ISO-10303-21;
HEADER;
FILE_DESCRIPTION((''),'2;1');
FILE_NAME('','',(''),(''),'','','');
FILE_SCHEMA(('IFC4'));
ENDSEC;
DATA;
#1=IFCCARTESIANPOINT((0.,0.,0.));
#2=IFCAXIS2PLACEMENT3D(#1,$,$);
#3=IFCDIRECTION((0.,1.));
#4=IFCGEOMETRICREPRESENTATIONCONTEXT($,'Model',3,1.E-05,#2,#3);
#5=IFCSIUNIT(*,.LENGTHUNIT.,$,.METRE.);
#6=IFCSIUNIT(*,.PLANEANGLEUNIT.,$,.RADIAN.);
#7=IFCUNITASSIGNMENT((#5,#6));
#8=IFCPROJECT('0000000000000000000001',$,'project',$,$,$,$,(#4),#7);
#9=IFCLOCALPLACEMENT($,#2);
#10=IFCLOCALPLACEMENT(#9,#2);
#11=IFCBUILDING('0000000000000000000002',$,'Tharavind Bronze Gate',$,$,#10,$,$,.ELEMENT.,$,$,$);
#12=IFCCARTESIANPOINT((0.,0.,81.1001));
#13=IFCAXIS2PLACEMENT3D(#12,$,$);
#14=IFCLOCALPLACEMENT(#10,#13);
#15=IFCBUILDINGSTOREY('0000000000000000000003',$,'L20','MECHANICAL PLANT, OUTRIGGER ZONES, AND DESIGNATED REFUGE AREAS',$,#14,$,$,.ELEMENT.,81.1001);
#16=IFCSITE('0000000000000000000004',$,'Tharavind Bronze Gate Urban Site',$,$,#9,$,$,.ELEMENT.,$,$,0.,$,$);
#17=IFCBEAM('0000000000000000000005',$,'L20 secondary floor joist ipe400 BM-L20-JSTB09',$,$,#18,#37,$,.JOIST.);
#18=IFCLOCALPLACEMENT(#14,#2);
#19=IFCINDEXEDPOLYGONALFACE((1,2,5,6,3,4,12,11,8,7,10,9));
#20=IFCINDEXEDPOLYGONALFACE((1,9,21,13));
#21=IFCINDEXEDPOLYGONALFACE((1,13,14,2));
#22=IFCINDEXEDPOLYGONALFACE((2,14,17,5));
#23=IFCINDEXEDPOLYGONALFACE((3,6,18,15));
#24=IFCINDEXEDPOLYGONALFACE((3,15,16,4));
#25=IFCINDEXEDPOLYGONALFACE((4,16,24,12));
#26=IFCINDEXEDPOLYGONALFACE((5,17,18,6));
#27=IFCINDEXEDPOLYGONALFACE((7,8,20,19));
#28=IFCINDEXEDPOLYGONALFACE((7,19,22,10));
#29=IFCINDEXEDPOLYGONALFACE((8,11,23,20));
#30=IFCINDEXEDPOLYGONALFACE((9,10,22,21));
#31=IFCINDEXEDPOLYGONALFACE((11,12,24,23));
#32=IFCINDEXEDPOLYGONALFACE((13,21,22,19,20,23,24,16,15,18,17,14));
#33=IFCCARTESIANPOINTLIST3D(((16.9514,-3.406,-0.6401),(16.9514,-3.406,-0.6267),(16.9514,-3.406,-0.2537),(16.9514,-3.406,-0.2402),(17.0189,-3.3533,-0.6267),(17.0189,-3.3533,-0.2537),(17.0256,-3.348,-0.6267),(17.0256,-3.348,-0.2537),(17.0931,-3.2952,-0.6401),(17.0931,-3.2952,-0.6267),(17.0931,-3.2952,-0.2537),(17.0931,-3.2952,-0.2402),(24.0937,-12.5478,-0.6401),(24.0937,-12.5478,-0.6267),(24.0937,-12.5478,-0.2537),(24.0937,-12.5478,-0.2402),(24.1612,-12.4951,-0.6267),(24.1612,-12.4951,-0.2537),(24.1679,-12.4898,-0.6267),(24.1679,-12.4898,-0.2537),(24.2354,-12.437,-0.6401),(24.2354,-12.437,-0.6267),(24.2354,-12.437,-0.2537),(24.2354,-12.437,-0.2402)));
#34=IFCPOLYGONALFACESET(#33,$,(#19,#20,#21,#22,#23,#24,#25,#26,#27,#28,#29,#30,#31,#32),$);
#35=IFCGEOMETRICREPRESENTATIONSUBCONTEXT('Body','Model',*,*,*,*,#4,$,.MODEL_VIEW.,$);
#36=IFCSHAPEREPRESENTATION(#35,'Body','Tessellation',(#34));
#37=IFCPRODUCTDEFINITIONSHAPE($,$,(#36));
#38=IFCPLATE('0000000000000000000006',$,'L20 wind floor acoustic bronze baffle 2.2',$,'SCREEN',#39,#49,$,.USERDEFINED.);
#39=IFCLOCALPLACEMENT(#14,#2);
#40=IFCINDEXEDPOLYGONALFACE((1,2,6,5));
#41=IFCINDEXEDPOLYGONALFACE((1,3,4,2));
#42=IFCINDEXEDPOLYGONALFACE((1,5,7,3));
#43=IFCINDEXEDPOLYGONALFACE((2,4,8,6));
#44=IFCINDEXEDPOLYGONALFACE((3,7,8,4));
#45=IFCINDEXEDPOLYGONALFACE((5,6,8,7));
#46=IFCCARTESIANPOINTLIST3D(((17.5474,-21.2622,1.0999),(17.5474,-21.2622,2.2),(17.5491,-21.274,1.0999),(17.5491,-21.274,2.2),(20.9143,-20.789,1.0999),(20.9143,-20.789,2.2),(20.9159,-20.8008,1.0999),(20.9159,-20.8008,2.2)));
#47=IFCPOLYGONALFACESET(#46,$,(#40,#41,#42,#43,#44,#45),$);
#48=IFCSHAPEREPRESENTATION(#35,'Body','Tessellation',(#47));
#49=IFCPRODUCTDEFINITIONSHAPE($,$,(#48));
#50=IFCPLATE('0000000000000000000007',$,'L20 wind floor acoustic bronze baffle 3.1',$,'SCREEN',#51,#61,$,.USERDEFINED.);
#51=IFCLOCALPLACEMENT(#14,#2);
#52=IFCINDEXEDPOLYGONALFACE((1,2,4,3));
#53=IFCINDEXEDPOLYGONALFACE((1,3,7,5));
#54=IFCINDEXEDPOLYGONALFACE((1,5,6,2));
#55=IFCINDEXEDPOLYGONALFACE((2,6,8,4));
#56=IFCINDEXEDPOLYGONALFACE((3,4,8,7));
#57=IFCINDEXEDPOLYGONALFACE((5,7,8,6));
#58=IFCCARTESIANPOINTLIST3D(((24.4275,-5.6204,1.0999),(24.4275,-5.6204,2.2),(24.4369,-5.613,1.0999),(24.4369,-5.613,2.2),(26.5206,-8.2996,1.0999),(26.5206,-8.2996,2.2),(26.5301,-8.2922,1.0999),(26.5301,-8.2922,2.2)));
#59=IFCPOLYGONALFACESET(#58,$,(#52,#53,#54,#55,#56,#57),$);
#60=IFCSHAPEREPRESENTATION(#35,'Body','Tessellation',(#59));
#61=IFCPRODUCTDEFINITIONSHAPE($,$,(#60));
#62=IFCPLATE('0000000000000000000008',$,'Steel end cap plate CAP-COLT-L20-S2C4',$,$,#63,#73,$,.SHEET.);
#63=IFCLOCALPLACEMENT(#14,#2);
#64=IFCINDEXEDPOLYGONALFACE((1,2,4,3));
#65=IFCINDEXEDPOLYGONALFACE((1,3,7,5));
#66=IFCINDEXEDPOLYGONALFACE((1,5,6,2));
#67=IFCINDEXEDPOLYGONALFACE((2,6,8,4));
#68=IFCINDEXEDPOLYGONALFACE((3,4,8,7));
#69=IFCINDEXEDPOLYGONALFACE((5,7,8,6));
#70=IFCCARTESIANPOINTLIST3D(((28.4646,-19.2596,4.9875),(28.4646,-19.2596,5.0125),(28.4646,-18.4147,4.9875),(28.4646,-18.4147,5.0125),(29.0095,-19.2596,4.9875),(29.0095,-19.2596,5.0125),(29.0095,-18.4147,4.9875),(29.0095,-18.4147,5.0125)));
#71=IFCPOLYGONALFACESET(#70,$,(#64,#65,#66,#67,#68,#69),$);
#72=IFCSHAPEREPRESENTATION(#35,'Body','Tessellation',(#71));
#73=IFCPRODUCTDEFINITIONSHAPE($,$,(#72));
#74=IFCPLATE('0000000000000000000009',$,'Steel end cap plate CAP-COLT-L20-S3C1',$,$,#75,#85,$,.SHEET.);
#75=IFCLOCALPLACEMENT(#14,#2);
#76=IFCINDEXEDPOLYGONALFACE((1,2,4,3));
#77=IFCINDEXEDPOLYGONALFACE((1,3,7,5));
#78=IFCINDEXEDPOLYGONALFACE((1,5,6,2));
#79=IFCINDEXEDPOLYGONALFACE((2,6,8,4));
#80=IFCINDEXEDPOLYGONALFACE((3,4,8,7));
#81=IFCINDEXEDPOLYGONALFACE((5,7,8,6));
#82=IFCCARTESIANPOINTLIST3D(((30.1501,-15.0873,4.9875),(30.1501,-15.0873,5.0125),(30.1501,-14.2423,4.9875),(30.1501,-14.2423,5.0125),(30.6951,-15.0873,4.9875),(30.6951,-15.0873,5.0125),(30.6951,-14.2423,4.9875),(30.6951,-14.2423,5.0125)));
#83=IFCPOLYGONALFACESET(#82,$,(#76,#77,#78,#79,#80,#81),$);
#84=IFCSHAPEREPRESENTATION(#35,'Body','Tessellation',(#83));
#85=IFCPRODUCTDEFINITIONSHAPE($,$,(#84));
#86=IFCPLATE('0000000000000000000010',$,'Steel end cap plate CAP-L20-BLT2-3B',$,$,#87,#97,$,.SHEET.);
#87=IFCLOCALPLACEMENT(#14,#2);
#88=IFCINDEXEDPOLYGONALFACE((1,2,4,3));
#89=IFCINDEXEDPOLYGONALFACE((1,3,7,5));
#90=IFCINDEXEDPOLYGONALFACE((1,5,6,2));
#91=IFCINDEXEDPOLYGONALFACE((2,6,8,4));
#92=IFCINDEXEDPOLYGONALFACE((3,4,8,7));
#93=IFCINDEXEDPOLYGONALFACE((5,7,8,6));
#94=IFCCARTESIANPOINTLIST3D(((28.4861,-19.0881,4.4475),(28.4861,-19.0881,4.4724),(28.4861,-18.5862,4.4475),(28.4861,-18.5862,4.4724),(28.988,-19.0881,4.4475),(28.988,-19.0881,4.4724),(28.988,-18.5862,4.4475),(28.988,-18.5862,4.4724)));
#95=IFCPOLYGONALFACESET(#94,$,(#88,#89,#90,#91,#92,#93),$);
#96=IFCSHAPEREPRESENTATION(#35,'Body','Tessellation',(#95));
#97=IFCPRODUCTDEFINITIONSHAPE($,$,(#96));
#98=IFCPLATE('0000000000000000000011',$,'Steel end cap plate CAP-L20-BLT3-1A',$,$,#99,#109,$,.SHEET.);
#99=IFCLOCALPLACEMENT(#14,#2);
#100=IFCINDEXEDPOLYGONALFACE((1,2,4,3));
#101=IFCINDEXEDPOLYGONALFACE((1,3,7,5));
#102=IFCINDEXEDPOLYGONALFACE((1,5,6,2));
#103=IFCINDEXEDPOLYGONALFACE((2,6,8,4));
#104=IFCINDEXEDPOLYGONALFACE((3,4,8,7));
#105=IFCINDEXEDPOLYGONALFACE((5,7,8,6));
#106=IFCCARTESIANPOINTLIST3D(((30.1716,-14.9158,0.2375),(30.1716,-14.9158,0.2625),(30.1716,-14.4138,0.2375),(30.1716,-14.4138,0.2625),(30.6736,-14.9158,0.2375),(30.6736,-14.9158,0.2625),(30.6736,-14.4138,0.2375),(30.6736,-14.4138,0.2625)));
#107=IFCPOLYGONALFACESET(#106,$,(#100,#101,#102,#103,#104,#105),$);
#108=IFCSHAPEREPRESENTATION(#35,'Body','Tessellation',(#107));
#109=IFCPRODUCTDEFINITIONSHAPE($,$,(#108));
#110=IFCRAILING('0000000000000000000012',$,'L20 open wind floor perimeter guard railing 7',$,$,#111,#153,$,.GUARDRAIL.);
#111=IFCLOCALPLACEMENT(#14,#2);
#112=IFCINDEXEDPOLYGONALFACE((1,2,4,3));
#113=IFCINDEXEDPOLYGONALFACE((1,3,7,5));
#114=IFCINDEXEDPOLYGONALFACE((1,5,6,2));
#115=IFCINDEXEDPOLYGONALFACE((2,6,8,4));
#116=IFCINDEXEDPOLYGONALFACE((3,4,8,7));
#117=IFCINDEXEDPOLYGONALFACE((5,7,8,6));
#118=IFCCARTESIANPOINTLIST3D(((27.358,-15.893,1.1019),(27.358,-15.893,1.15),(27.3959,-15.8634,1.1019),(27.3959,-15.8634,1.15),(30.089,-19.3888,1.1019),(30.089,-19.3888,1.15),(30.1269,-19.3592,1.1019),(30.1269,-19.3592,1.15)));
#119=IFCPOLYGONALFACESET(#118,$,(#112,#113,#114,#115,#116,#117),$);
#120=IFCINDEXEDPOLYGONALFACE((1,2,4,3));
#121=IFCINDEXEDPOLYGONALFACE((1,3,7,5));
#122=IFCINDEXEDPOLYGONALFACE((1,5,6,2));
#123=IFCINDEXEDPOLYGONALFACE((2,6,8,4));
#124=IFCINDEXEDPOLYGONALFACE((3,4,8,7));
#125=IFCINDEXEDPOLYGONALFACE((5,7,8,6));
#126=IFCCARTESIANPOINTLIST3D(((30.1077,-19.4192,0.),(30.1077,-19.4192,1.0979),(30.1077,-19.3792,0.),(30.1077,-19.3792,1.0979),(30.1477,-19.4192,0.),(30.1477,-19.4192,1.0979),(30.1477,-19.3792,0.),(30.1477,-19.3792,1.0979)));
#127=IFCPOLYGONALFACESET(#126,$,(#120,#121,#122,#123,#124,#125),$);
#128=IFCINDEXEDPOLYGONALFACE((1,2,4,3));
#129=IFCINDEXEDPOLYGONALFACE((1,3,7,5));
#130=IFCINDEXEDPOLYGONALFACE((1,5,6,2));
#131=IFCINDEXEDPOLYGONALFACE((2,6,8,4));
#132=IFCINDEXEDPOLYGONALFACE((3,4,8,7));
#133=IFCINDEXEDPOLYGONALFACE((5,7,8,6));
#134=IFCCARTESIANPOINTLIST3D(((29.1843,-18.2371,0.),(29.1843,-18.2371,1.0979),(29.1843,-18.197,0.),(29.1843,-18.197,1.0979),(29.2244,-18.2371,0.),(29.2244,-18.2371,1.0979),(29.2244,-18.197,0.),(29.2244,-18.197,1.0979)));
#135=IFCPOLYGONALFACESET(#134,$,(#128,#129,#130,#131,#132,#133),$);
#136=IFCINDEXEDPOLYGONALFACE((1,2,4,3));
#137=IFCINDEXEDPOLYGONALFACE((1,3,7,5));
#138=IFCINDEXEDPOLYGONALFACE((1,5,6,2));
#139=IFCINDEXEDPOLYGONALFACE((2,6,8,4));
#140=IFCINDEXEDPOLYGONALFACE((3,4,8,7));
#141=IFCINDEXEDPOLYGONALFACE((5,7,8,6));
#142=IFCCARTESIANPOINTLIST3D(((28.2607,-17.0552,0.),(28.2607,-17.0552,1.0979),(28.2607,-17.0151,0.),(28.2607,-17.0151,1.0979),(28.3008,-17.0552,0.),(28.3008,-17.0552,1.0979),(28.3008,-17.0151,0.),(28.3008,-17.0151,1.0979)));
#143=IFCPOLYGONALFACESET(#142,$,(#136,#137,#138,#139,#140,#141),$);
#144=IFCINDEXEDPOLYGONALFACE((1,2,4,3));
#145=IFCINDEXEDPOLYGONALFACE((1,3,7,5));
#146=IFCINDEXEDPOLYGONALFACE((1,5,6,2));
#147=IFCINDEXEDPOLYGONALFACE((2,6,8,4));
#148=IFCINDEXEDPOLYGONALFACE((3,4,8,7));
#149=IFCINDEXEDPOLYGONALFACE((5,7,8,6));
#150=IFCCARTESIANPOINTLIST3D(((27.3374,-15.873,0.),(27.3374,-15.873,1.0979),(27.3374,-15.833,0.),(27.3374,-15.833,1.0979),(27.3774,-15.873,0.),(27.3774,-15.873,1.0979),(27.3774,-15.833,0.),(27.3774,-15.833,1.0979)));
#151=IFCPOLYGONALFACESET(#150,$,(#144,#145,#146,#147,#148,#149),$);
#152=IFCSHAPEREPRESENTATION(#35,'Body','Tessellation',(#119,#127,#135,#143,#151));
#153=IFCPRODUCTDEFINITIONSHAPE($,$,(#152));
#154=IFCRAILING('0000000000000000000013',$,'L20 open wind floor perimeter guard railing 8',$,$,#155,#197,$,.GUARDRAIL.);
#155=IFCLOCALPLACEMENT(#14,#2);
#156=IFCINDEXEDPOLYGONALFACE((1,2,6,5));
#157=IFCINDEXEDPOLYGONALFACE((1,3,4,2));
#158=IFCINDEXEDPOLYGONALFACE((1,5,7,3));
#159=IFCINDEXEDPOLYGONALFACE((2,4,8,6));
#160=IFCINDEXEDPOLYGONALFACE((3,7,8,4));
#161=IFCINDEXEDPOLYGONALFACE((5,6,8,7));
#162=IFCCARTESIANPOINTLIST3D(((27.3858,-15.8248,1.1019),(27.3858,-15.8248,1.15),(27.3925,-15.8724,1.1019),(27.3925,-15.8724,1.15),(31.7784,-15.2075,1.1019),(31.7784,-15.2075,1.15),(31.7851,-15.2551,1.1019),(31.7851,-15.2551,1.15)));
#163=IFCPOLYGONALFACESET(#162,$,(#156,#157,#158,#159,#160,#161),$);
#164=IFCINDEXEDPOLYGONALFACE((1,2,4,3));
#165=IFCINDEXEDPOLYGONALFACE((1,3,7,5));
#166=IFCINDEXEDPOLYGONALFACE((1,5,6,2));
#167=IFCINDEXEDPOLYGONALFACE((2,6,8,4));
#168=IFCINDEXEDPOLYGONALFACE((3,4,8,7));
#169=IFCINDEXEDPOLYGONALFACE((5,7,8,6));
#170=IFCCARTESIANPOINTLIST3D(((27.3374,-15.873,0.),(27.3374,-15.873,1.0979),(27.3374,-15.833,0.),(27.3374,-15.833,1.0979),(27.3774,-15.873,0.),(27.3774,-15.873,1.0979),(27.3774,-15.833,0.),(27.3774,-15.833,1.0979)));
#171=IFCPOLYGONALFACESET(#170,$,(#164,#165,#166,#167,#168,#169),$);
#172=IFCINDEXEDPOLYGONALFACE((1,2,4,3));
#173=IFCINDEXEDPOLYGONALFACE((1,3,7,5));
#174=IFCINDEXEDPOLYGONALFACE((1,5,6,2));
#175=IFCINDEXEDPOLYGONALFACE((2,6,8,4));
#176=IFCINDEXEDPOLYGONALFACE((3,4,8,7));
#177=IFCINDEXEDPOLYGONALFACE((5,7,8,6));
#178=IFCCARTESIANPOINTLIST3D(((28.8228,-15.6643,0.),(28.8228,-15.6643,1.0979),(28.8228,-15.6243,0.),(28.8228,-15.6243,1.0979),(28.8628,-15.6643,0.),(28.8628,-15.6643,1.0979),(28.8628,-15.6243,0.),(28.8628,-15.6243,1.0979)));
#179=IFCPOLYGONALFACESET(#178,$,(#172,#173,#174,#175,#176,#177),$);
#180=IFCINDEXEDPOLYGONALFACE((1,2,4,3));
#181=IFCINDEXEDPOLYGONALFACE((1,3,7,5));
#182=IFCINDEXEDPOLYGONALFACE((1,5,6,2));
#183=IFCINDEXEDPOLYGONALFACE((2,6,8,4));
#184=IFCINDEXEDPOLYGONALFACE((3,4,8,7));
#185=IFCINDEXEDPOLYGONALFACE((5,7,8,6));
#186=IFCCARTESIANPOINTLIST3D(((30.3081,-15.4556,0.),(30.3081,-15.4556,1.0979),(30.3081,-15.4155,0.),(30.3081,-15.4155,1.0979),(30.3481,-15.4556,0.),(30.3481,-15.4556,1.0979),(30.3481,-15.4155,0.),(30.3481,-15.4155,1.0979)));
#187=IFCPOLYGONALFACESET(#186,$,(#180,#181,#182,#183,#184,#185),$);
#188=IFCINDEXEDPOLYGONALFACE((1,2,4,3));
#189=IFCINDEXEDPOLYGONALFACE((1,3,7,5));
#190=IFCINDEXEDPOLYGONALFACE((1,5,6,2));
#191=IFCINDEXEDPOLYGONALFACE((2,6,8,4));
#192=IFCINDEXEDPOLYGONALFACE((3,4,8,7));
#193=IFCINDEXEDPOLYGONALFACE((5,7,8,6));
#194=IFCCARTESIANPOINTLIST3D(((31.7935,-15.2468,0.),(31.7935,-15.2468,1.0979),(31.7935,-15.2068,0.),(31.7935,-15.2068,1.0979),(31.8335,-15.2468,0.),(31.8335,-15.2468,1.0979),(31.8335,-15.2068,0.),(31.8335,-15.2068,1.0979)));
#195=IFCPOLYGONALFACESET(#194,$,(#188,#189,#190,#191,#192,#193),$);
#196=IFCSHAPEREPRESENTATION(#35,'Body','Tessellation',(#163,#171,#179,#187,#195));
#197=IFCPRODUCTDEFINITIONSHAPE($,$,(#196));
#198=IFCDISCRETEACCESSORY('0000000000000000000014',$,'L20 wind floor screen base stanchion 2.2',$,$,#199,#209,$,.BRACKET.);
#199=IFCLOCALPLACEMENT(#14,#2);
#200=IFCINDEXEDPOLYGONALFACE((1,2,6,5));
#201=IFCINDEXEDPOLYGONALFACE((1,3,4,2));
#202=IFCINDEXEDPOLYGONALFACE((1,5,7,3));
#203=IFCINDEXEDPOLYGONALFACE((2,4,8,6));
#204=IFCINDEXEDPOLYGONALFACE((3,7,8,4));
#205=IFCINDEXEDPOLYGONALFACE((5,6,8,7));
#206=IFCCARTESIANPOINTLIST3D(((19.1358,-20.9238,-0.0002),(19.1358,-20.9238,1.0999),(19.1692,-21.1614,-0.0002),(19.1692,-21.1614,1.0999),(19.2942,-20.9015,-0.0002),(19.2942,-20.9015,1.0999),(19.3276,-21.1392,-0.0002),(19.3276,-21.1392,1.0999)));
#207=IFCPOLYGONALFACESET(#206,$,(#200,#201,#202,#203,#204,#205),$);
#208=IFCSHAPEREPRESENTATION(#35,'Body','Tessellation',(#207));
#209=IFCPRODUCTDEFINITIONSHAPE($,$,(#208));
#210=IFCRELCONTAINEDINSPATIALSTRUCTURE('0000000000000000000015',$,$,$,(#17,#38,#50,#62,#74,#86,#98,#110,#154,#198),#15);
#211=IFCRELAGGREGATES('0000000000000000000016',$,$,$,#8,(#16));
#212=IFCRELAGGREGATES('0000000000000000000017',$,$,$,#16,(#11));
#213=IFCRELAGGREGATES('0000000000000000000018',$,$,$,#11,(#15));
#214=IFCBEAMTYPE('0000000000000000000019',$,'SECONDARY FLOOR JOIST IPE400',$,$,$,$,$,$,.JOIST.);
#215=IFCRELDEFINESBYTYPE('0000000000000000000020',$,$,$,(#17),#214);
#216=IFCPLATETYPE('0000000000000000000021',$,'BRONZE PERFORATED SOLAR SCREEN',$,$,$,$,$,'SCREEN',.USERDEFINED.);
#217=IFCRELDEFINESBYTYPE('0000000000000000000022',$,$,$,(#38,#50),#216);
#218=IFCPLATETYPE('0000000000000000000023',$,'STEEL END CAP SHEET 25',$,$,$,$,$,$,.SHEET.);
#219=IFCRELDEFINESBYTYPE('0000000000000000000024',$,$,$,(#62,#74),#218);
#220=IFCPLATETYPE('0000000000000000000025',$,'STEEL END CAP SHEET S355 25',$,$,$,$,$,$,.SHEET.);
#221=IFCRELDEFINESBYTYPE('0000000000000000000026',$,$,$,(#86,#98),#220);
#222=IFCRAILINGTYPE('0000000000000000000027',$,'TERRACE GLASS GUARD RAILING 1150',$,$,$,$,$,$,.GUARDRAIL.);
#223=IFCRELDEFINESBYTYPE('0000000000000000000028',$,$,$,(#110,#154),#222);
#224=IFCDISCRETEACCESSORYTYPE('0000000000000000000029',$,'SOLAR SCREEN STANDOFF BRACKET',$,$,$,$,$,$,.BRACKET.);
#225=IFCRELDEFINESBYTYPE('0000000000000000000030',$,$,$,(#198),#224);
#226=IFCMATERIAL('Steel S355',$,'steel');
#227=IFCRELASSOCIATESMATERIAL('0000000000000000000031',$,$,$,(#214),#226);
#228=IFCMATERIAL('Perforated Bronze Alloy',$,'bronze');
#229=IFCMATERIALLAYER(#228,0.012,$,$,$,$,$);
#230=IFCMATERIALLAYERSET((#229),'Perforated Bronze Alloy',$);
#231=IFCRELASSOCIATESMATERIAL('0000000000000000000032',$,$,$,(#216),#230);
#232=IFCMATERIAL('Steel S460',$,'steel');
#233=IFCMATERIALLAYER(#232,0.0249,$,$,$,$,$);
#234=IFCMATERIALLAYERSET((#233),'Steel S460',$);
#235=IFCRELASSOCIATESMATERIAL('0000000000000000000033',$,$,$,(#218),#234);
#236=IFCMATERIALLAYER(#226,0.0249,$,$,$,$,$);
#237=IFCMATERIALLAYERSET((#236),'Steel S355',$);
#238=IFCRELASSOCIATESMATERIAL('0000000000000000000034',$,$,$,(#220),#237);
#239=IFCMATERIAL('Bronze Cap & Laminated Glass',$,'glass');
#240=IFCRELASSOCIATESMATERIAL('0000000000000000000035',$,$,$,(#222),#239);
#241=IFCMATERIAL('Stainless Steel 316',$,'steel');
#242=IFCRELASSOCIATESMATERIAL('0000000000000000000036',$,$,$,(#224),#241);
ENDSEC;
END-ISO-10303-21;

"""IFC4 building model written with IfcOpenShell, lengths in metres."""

from ifc_helpers import new_model, si_unit, direction, frame, origin, origin_2d, place, context, subcontext, project, spatial, rectangle, i_section, extrude, material, layer, layer_set, material_profile, profile_set, type_object, element, save


model = new_model("IFC4")

# Units and contexts
model_context = context("Model", 3, precision=1e-05, world=origin(), true_north=direction((0.0, 1.0)))
body_context = subcontext(model_context, "Body", "Model", "MODEL_VIEW")
ifc_project = project(units=[si_unit("LENGTHUNIT", "METRE"), si_unit("PLANEANGLEUNIT", "RADIAN")], contexts=[model_context])

# Site, building, storey
site_placement = place(None, origin())
site = spatial("IfcSite", under=ifc_project, at=site_placement, Name="Tharavind Bronze Gate Urban Site", CompositionType="ELEMENT", RefElevation=0.0)
building_placement = place(site_placement, origin())
building = spatial("IfcBuilding", under=site, at=building_placement, Name="Tharavind Bronze Gate", CompositionType="ELEMENT")
storey_placement = place(building_placement, frame((0.0, 0.0, 81.1001)))
storey = spatial("IfcBuildingStorey", under=building, at=storey_placement, Name="L20", Description="MECHANICAL PLANT, OUTRIGGER ZONES, AND DESIGNATED REFUGE AREAS", CompositionType="ELEMENT", Elevation=81.1001)

# Shared definitions
ifc_material_1 = material(Name="Steel S460", Category="steel")

# Beam
ifc_material_2 = material(Name="Steel S355", Category="steel")
ifc_material_profile_1 = material_profile(ifc_material_2, i_section(OverallWidth=0.1799, OverallDepth=0.3999, WebThickness=0.0085, FlangeThickness=0.0134, at=origin_2d()), Name="IPE400")
ifc_profile_set_1 = profile_set([ifc_material_profile_1], Name="Steel S355")
beam_type_1 = type_object("IfcBeamType", Name="SECONDARY FLOOR JOIST IPE400", PredefinedType="JOIST", material=ifc_profile_set_1)
beam_1_placement = place(storey_placement, frame((24.1646, -12.4924, -0.4402), z_axis=(-0.615658, 0.788013, 0.0), x_axis=(-0.788013, -0.615658, 0.0)))
element("IfcBeam", 1, at=beam_1_placement, inside=storey, type_object=beam_type_1, Name="L20 secondary floor joist ipe400 BM-L20-JSTB09", PredefinedType="JOIST", context=body_context, shape_type="SweptSolid", body=[
    extrude(i_section(OverallWidth=0.1799, OverallDepth=0.3999, WebThickness=0.0085, FlangeThickness=0.0134, at=origin_2d()), origin(), (0.0, 0.0, 1.0), 11.6011),
])

# Plates
ifc_material_3 = material(Name="Perforated Bronze Alloy", Category="bronze")
ifc_layer_1 = layer(ifc_material_3, 0.012)
ifc_layer_set_1 = layer_set([ifc_layer_1], Name="Perforated Bronze Alloy")
plate_type_1 = type_object("IfcPlateType", Name="BRONZE PERFORATED SOLAR SCREEN", ElementType="SCREEN", PredefinedType="USERDEFINED", material=ifc_layer_set_1)
for number, where, z_axis, x_axis, name in (
    (2, (19.2317, -21.0315, 1.0999), (0.0, 0.0, 1.0), (0.990268, 0.139173, 0.0), "L20 wind floor acoustic bronze baffle 2.2"),
    (3, (25.4788, -6.9563, 1.0999), (0.0, 0.0, 1.0), (-0.61566, 0.788012, 0.0), "L20 wind floor acoustic bronze baffle 3.1"),
):
    element("IfcPlate", number, at=place(storey_placement, frame(where, z_axis=z_axis, x_axis=x_axis)), inside=storey, type_object=plate_type_1, Name=name, ObjectType="SCREEN", PredefinedType="USERDEFINED", context=body_context, shape_type="SweptSolid", body=[
        extrude(rectangle(XDim=3.3999, YDim=0.012, at=origin_2d()), origin(), (0.0, 0.0, 1.0), 1.1001),
    ])
ifc_layer_2 = layer(ifc_material_1, 0.0249)
ifc_layer_set_2 = layer_set([ifc_layer_2], Name="Steel S460")
plate_type_2 = type_object("IfcPlateType", Name="STEEL END CAP SHEET 25", PredefinedType="SHEET", material=ifc_layer_set_2)
for number, where, z_axis, x_axis, name in (
    (4, (28.7371, -18.8372, 4.9875), (0.0, 0.0, 1.0), (1.0, 0.0, 0.0), "Steel end cap plate CAP-COLT-L20-S2C4"),
    (5, (30.4226, -14.6648, 4.9875), (0.0, 0.0, 1.0), (1.0, 0.0, 0.0), "Steel end cap plate CAP-COLT-L20-S3C1"),
):
    element("IfcPlate", number, at=place(storey_placement, frame(where, z_axis=z_axis, x_axis=x_axis)), inside=storey, type_object=plate_type_2, Name=name, PredefinedType="SHEET", context=body_context, shape_type="SweptSolid", body=[
        extrude(rectangle(XDim=0.5449, YDim=0.845, at=origin_2d()), origin(), (0.0, 0.0, 1.0), 0.0249),
    ])
ifc_layer_3 = layer(ifc_material_2, 0.0249)
ifc_layer_set_3 = layer_set([ifc_layer_3], Name="Steel S355")
plate_type_3 = type_object("IfcPlateType", Name="STEEL END CAP SHEET S355 25", PredefinedType="SHEET", material=ifc_layer_set_3)
for number, where, z_axis, x_axis, name in (
    (6, (28.7371, -18.8372, 4.4475), (0.0, 0.0, 1.0), (1.0, 0.0, 0.0), "Steel end cap plate CAP-L20-BLT2-3B"),
    (7, (30.4226, -14.6648, 0.2375), (0.0, 0.0, 1.0), (1.0, 0.0, 0.0), "Steel end cap plate CAP-L20-BLT3-1A"),
):
    element("IfcPlate", number, at=place(storey_placement, frame(where, z_axis=z_axis, x_axis=x_axis)), inside=storey, type_object=plate_type_3, Name=name, PredefinedType="SHEET", context=body_context, shape_type="SweptSolid", body=[
        extrude(rectangle(XDim=0.502, YDim=0.502, at=origin_2d()), origin(), (0.0, 0.0, 1.0), 0.0249),
    ])

# Railings
ifc_material_4 = material(Name="Bronze Cap & Laminated Glass", Category="glass")
railing_type = type_object("IfcRailingType", Name="TERRACE GLASS GUARD RAILING 1150", PredefinedType="GUARDRAIL", material=ifc_material_4)
railing_1_placement = place(storey_placement, frame((30.1277, -19.3992, 0.0)))
element("IfcRailing", 8, at=railing_1_placement, inside=storey, type_object=railing_type, Name="L20 open wind floor perimeter guard railing 7", PredefinedType="GUARDRAIL", context=body_context, shape_type="SweptSolid", body=[
    extrude(rectangle(XDim=0.0481, YDim=0.0481, at=origin_2d()), frame((-0.0198, 0.0251, 1.126), z_axis=(-0.615622, 0.788042, 0.0), x_axis=(-0.788042, -0.615622, 0.0)), (0.0, 0.0, 1.0), 4.436),
    extrude(rectangle(XDim=0.04, YDim=0.04, at=origin_2d()), origin(), (0.0, 0.0, 1.0), 1.0979),
    extrude(rectangle(XDim=0.04, YDim=0.04, at=origin_2d()), frame((-0.9233, 1.1821, 0.0)), (0.0, 0.0, 1.0), 1.0979),
    extrude(rectangle(XDim=0.04, YDim=0.04, at=origin_2d()), frame((-1.8469, 2.364, 0.0)), (0.0, 0.0, 1.0), 1.0979),
    extrude(rectangle(XDim=0.04, YDim=0.04, at=origin_2d()), frame((-2.7703, 3.5461, 0.0)), (0.0, 0.0, 1.0), 1.0979),
])
railing_2_placement = place(storey_placement, frame((27.3574, -15.853, 0.0)))
element("IfcRailing", 9, at=railing_2_placement, inside=storey, type_object=railing_type, Name="L20 open wind floor perimeter guard railing 8", PredefinedType="GUARDRAIL", context=body_context, shape_type="SweptSolid", body=[
    extrude(rectangle(XDim=0.0481, YDim=0.0481, at=origin_2d()), frame((0.0317, 0.0044, 1.126), z_axis=(0.990269, 0.139165, 0.0), x_axis=(-0.139165, 0.990269, 0.0)), (0.0, 0.0, 1.0), 4.4358),
    extrude(rectangle(XDim=0.04, YDim=0.04, at=origin_2d()), origin(), (0.0, 0.0, 1.0), 1.0979),
    extrude(rectangle(XDim=0.04, YDim=0.04, at=origin_2d()), frame((1.4854, 0.2087, 0.0)), (0.0, 0.0, 1.0), 1.0979),
    extrude(rectangle(XDim=0.04, YDim=0.04, at=origin_2d()), frame((2.9707, 0.4175, 0.0)), (0.0, 0.0, 1.0), 1.0979),
    extrude(rectangle(XDim=0.04, YDim=0.04, at=origin_2d()), frame((4.4561, 0.6262, 0.0)), (0.0, 0.0, 1.0), 1.0979),
])

# Discrete accessory
ifc_material_5 = material(Name="Stainless Steel 316", Category="steel")
discrete_accessory_type = type_object("IfcDiscreteAccessoryType", Name="SOLAR SCREEN STANDOFF BRACKET", PredefinedType="BRACKET", material=ifc_material_5)
for number, where, z_axis, x_axis, name in (
    (10, (19.2317, -21.0315, -0.0002), (0.0, 0.0, 1.0), (0.990268, 0.139173, 0.0), "L20 wind floor screen base stanchion 2.2"),
):
    element("IfcDiscreteAccessory", number, at=place(storey_placement, frame(where, z_axis=z_axis, x_axis=x_axis)), inside=storey, type_object=discrete_accessory_type, Name=name, PredefinedType="BRACKET", context=body_context, shape_type="SweptSolid", body=[
        extrude(rectangle(XDim=0.1599, YDim=0.24, at=origin_2d()), origin(), (0.0, 0.0, 1.0), 1.1001),
    ])

save(model, "model.ifc")
